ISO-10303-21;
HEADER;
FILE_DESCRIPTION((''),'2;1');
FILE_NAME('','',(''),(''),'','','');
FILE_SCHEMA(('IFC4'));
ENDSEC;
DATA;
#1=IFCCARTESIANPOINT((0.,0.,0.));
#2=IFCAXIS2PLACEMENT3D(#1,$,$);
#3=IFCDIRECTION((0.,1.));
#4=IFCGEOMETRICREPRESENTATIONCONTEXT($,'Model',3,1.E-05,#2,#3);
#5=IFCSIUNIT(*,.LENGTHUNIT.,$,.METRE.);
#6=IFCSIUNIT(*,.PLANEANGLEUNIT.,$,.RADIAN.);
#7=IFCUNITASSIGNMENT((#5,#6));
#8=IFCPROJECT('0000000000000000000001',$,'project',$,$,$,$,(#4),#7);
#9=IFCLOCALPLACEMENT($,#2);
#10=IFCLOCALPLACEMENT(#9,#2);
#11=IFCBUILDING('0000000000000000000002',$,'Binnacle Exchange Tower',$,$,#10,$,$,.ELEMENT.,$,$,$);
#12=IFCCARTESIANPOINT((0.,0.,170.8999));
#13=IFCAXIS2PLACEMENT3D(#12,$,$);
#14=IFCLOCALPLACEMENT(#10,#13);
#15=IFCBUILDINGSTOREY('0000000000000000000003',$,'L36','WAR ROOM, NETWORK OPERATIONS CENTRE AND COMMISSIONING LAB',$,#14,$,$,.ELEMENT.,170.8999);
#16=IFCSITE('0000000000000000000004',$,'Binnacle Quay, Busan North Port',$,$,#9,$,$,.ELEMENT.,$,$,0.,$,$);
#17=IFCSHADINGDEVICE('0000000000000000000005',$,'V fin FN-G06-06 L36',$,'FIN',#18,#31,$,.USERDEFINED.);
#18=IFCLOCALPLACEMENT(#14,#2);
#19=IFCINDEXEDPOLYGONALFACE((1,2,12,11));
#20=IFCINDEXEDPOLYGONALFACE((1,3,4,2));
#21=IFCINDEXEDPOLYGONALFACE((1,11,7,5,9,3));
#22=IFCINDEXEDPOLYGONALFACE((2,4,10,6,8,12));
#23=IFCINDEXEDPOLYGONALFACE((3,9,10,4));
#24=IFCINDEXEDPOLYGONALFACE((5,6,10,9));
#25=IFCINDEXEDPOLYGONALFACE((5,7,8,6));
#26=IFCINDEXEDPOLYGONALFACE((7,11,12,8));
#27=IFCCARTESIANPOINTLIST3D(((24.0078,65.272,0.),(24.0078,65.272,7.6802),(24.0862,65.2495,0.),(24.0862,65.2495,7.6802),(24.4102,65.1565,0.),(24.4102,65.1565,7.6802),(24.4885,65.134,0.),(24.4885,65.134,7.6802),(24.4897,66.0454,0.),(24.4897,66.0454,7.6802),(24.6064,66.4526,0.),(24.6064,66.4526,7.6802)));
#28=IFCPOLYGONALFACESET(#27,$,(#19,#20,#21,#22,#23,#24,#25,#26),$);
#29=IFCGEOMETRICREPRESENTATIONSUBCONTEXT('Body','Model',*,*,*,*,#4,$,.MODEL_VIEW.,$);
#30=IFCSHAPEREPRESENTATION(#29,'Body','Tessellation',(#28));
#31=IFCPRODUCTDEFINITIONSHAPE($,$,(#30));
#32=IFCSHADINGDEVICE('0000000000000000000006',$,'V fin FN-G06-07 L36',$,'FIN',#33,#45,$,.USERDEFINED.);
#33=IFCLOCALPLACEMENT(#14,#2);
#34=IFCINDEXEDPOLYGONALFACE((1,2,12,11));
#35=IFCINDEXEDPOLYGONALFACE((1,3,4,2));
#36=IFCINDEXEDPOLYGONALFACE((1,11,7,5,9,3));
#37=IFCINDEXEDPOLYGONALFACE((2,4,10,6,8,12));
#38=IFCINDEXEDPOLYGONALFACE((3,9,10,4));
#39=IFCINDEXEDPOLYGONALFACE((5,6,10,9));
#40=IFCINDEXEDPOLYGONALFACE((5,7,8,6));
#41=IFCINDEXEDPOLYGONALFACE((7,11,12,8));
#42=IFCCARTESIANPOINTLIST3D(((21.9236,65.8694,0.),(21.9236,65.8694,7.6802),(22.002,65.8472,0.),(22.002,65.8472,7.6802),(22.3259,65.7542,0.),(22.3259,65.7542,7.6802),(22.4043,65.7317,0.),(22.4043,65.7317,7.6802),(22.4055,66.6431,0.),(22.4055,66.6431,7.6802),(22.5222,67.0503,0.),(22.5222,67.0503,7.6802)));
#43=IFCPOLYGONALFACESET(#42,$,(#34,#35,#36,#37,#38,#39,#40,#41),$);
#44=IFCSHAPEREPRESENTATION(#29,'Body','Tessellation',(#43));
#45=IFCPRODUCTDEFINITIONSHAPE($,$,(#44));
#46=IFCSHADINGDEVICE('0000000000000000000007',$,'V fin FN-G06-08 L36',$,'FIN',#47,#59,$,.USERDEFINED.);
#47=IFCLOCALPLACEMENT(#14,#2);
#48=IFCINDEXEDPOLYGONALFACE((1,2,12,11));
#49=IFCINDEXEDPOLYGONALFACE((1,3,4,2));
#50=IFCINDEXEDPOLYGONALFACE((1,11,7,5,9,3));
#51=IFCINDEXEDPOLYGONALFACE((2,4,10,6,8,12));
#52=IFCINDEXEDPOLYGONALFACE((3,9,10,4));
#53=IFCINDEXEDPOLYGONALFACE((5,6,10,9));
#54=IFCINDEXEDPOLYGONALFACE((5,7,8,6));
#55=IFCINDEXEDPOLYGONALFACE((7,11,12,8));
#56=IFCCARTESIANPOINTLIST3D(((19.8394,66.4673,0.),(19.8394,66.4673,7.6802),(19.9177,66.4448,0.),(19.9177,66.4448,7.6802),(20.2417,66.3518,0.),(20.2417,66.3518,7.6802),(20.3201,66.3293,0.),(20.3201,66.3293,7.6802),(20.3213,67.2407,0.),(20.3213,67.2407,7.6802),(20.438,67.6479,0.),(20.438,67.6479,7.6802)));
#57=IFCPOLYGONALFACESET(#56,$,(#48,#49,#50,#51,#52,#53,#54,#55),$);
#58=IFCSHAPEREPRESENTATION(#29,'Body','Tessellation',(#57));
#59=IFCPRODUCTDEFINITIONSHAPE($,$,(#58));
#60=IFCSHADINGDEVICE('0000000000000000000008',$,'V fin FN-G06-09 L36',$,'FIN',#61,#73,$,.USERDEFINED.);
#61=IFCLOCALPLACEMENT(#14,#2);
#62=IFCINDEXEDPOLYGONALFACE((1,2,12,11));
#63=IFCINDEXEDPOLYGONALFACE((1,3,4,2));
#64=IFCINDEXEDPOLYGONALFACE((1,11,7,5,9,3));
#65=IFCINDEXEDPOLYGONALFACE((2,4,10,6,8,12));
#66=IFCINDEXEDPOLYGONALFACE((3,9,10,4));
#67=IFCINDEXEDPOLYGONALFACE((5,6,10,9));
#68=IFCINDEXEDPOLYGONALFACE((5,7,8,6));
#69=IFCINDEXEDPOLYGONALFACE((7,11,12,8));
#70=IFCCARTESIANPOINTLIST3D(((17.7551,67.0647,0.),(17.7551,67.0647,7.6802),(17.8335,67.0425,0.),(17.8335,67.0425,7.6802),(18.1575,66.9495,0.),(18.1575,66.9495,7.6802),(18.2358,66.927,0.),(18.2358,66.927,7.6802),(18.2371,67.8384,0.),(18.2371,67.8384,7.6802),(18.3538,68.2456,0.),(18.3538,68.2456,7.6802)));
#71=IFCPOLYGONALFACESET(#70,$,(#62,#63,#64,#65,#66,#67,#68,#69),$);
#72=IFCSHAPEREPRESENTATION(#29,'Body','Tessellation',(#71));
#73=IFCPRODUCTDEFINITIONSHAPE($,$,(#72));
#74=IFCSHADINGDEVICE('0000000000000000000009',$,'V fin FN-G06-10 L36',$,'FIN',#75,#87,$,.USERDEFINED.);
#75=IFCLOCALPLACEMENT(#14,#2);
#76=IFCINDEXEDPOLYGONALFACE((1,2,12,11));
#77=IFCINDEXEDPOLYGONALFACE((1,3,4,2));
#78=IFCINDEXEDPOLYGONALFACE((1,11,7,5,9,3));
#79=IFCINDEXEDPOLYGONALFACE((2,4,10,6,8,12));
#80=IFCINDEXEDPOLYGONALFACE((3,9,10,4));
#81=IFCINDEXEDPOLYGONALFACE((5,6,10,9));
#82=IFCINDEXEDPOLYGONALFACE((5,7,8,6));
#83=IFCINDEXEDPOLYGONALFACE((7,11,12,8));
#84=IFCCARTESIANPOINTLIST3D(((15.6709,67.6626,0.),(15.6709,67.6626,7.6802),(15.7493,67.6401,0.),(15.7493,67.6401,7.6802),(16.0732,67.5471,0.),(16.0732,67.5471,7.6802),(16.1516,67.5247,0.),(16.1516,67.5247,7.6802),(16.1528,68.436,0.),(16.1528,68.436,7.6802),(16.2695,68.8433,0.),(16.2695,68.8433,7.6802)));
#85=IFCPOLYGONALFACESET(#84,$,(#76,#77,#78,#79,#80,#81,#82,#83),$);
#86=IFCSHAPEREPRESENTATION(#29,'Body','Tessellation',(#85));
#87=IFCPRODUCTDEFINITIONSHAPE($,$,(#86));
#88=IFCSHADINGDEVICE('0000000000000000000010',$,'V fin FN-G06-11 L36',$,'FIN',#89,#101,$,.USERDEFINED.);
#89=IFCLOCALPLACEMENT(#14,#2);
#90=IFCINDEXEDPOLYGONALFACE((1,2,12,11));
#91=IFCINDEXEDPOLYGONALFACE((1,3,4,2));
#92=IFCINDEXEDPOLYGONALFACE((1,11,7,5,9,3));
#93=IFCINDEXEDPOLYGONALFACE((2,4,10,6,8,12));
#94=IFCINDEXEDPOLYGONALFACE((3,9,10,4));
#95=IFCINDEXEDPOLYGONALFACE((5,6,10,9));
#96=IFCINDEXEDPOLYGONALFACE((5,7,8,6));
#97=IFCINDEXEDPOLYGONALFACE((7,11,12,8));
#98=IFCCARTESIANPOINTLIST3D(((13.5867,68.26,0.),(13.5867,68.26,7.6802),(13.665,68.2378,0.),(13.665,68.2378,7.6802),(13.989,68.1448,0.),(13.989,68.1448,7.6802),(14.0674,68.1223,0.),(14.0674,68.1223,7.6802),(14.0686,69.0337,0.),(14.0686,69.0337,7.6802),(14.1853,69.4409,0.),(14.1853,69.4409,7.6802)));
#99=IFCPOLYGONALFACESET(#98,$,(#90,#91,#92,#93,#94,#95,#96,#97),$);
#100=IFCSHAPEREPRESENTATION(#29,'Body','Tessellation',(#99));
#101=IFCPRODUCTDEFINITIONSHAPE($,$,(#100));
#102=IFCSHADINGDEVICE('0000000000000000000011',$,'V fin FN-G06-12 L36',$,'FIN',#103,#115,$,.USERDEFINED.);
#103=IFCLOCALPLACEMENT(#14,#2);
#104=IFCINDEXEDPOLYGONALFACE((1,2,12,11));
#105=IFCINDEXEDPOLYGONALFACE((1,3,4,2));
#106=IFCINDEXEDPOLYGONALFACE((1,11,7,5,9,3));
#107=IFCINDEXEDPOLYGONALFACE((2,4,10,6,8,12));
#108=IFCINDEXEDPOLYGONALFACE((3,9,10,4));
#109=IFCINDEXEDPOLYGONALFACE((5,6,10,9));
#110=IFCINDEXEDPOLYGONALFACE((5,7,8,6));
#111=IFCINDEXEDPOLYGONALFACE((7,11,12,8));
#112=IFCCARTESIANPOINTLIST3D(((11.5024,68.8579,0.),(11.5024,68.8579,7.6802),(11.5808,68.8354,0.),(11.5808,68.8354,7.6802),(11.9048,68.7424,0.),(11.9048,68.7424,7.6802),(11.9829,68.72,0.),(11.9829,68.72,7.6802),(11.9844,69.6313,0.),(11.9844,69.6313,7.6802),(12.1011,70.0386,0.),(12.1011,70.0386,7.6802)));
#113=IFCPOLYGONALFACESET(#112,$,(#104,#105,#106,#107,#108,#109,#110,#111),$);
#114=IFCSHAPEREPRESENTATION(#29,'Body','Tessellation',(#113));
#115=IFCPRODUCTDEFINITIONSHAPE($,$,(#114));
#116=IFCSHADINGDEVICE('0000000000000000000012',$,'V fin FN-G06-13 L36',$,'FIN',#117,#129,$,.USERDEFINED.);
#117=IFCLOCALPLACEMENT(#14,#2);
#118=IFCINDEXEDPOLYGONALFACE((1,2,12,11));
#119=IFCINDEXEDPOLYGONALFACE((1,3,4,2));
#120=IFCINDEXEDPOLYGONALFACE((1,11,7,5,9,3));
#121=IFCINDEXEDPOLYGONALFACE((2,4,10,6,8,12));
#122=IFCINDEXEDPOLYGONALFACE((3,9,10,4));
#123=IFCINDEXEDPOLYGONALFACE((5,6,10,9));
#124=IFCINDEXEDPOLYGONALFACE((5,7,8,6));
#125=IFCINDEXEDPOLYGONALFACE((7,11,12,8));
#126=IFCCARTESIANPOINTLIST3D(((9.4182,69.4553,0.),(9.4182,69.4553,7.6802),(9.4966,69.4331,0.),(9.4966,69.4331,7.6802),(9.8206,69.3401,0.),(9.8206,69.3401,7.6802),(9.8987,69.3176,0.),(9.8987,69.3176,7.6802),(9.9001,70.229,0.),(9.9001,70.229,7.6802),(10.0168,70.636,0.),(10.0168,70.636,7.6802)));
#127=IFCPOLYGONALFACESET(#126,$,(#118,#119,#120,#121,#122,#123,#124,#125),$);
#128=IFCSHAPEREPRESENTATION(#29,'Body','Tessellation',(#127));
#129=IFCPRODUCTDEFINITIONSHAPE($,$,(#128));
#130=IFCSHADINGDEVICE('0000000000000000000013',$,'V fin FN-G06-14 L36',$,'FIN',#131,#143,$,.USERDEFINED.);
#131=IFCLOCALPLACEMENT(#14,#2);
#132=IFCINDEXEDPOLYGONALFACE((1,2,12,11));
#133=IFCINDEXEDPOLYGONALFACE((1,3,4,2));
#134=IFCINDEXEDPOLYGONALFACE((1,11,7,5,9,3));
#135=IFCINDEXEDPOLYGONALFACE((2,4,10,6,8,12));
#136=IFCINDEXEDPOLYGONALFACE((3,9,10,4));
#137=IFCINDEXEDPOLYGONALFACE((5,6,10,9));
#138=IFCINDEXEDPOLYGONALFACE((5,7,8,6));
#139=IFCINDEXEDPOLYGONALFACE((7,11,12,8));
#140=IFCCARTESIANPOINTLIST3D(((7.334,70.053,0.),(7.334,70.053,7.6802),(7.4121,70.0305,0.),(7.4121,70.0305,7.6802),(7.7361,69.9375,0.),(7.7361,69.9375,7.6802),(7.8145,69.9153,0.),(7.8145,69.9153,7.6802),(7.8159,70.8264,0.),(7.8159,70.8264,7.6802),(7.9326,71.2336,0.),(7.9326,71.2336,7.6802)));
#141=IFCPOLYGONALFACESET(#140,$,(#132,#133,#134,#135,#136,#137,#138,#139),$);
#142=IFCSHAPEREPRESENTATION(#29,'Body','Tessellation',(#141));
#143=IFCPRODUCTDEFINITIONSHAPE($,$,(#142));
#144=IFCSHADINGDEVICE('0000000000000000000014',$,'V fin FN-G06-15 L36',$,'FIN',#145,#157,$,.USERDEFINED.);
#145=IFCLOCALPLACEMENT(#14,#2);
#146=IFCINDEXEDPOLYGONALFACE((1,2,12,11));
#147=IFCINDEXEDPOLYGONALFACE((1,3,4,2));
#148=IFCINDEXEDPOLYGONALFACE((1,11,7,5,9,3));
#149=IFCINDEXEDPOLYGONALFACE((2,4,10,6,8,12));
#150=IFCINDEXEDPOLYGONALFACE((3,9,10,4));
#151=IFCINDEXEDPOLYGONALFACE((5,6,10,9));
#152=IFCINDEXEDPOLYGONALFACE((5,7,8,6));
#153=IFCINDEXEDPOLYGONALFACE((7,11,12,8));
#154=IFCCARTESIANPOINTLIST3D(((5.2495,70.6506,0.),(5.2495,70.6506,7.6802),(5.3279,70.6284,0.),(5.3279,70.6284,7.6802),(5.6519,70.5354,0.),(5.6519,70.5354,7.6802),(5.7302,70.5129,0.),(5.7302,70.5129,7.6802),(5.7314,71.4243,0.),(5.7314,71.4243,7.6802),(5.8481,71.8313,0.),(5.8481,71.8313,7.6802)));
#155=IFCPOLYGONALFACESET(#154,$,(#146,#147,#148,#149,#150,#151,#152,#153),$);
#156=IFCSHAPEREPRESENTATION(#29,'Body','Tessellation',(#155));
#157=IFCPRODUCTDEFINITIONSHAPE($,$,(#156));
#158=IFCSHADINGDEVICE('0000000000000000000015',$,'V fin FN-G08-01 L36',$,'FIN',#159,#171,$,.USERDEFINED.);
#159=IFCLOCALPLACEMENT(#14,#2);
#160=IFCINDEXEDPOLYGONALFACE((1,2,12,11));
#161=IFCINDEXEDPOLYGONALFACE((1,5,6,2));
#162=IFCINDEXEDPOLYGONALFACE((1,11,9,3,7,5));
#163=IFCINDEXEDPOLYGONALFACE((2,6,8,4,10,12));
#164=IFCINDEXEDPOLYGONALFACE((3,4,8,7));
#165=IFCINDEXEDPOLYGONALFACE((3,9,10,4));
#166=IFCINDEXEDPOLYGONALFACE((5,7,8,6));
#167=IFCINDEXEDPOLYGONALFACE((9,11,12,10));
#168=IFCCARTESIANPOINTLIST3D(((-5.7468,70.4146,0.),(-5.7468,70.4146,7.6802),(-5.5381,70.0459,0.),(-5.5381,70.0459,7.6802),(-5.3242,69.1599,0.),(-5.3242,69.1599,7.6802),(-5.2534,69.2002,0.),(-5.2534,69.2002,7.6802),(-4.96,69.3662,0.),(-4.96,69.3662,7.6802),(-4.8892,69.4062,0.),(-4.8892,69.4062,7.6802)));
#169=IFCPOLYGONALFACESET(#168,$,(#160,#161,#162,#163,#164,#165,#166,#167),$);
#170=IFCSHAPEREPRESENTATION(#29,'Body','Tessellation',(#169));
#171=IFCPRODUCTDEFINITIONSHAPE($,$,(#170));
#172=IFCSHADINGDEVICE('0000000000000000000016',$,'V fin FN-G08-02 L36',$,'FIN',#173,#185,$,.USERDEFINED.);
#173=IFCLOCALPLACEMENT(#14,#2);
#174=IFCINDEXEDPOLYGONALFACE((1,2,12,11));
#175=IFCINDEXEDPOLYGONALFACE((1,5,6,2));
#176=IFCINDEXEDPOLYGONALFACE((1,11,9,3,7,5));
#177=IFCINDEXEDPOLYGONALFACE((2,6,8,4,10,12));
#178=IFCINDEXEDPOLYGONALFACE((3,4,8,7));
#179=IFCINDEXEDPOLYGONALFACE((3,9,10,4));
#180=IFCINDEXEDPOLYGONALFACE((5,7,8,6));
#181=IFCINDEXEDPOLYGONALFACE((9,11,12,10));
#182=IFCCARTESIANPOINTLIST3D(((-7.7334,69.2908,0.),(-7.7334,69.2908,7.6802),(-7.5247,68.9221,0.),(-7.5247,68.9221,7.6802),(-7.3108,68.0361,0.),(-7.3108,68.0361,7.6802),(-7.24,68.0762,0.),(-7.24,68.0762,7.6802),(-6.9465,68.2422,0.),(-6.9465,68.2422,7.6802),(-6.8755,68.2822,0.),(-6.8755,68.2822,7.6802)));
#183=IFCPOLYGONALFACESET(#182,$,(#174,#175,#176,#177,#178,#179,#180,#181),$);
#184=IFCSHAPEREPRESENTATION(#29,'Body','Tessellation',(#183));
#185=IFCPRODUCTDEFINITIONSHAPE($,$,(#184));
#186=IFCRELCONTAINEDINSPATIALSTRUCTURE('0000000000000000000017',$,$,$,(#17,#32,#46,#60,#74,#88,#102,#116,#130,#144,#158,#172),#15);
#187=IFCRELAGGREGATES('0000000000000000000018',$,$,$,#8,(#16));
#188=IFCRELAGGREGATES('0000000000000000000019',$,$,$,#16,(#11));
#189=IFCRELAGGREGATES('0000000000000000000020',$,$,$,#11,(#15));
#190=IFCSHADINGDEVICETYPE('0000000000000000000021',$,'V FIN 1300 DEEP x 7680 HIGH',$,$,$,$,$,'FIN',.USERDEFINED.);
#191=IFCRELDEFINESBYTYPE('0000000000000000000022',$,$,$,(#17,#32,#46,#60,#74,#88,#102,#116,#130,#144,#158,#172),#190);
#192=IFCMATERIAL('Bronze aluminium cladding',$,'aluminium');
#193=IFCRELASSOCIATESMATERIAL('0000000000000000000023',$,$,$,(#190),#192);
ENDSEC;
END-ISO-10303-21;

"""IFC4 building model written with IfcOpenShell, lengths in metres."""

from ifc_helpers import new_model, si_unit, direction, frame, origin, place, context, subcontext, project, spatial, polyline, outline, extrude, material, type_object, element, save


model = new_model("IFC4")

# Units and contexts
model_context = context("Model", 3, precision=1e-05, world=origin(), true_north=direction((0.0, 1.0)))
body_context = subcontext(model_context, "Body", "Model", "MODEL_VIEW")
ifc_project = project(units=[si_unit("LENGTHUNIT", "METRE"), si_unit("PLANEANGLEUNIT", "RADIAN")], contexts=[model_context])

# Site, building, storey
site_placement = place(None, origin())
site = spatial("IfcSite", under=ifc_project, at=site_placement, Name="Binnacle Quay, Busan North Port", CompositionType="ELEMENT", RefElevation=0.0)
building_placement = place(site_placement, origin())
building = spatial("IfcBuilding", under=site, at=building_placement, Name="Binnacle Exchange Tower", CompositionType="ELEMENT")
storey_placement = place(building_placement, frame((0.0, 0.0, 170.8999)))
storey = spatial("IfcBuildingStorey", under=building, at=storey_placement, Name="L36", Description="WAR ROOM, NETWORK OPERATIONS CENTRE AND COMMISSIONING LAB", CompositionType="ELEMENT", Elevation=170.8999)

# Shading devices
ifc_material = material(Name="Bronze aluminium cladding", Category="aluminium")
shading_device_type = type_object("IfcShadingDeviceType", Name="V FIN 1300 DEEP x 7680 HIGH", ElementType="FIN", PredefinedType="USERDEFINED", material=ifc_material)
shading_device_1_placement = place(storey_placement, origin())
element("IfcShadingDevice", 1, at=shading_device_1_placement, inside=storey, type_object=shading_device_type, Name="V fin FN-G06-06 L36", ObjectType="FIN", PredefinedType="USERDEFINED", context=body_context, shape_type="SweptSolid", body=[
    extrude(outline(polyline([(24.4885, 65.134), (24.6064, 66.4526), (24.0078, 65.272), (24.0862, 65.2495), (24.4897, 66.0454), (24.4102, 65.1565), (24.4885, 65.134)])), origin(), (0.0, 0.0, 1.0), 7.6802),
])
shading_device_2_placement = place(storey_placement, origin())
element("IfcShadingDevice", 2, at=shading_device_2_placement, inside=storey, type_object=shading_device_type, Name="V fin FN-G06-07 L36", ObjectType="FIN", PredefinedType="USERDEFINED", context=body_context, shape_type="SweptSolid", body=[
    extrude(outline(polyline([(22.4043, 65.7317), (22.5222, 67.0503), (21.9236, 65.8694), (22.002, 65.8472), (22.4055, 66.6431), (22.3259, 65.7542), (22.4043, 65.7317)])), origin(), (0.0, 0.0, 1.0), 7.6802),
])
shading_device_3_placement = place(storey_placement, origin())
element("IfcShadingDevice", 3, at=shading_device_3_placement, inside=storey, type_object=shading_device_type, Name="V fin FN-G06-08 L36", ObjectType="FIN", PredefinedType="USERDEFINED", context=body_context, shape_type="SweptSolid", body=[
    extrude(outline(polyline([(20.3201, 66.3293), (20.438, 67.6479), (19.8394, 66.4673), (19.9177, 66.4448), (20.3213, 67.2407), (20.2417, 66.3518), (20.3201, 66.3293)])), origin(), (0.0, 0.0, 1.0), 7.6802),
])
shading_device_4_placement = place(storey_placement, origin())
element("IfcShadingDevice", 4, at=shading_device_4_placement, inside=storey, type_object=shading_device_type, Name="V fin FN-G06-09 L36", ObjectType="FIN", PredefinedType="USERDEFINED", context=body_context, shape_type="SweptSolid", body=[
    extrude(outline(polyline([(18.2358, 66.927), (18.3538, 68.2456), (17.7551, 67.0647), (17.8335, 67.0425), (18.2371, 67.8384), (18.1575, 66.9495), (18.2358, 66.927)])), origin(), (0.0, 0.0, 1.0), 7.6802),
])
shading_device_5_placement = place(storey_placement, origin())
element("IfcShadingDevice", 5, at=shading_device_5_placement, inside=storey, type_object=shading_device_type, Name="V fin FN-G06-10 L36", ObjectType="FIN", PredefinedType="USERDEFINED", context=body_context, shape_type="SweptSolid", body=[
    extrude(outline(polyline([(16.1516, 67.5247), (16.2695, 68.8433), (15.6709, 67.6626), (15.7493, 67.6401), (16.1528, 68.436), (16.0732, 67.5471), (16.1516, 67.5247)])), origin(), (0.0, 0.0, 1.0), 7.6802),
])
shading_device_6_placement = place(storey_placement, origin())
element("IfcShadingDevice", 6, at=shading_device_6_placement, inside=storey, type_object=shading_device_type, Name="V fin FN-G06-11 L36", ObjectType="FIN", PredefinedType="USERDEFINED", context=body_context, shape_type="SweptSolid", body=[
    extrude(outline(polyline([(14.0674, 68.1223), (14.1853, 69.4409), (13.5867, 68.26), (13.665, 68.2378), (14.0686, 69.0337), (13.989, 68.1448), (14.0674, 68.1223)])), origin(), (0.0, 0.0, 1.0), 7.6802),
])
shading_device_7_placement = place(storey_placement, origin())
element("IfcShadingDevice", 7, at=shading_device_7_placement, inside=storey, type_object=shading_device_type, Name="V fin FN-G06-12 L36", ObjectType="FIN", PredefinedType="USERDEFINED", context=body_context, shape_type="SweptSolid", body=[
    extrude(outline(polyline([(11.9829, 68.72), (12.1011, 70.0386), (11.5024, 68.8579), (11.5808, 68.8354), (11.9844, 69.6313), (11.9048, 68.7424), (11.9829, 68.72)])), origin(), (0.0, 0.0, 1.0), 7.6802),
])
shading_device_8_placement = place(storey_placement, origin())
element("IfcShadingDevice", 8, at=shading_device_8_placement, inside=storey, type_object=shading_device_type, Name="V fin FN-G06-13 L36", ObjectType="FIN", PredefinedType="USERDEFINED", context=body_context, shape_type="SweptSolid", body=[
    extrude(outline(polyline([(9.8987, 69.3176), (10.0168, 70.636), (9.4182, 69.4553), (9.4966, 69.4331), (9.9001, 70.229), (9.8206, 69.3401), (9.8987, 69.3176)])), origin(), (0.0, 0.0, 1.0), 7.6802),
])
shading_device_9_placement = place(storey_placement, origin())
element("IfcShadingDevice", 9, at=shading_device_9_placement, inside=storey, type_object=shading_device_type, Name="V fin FN-G06-14 L36", ObjectType="FIN", PredefinedType="USERDEFINED", context=body_context, shape_type="SweptSolid", body=[
    extrude(outline(polyline([(7.8145, 69.9153), (7.9326, 71.2336), (7.334, 70.053), (7.4121, 70.0305), (7.8159, 70.8264), (7.7361, 69.9375), (7.8145, 69.9153)])), origin(), (0.0, 0.0, 1.0), 7.6802),
])
shading_device_10_placement = place(storey_placement, origin())
element("IfcShadingDevice", 10, at=shading_device_10_placement, inside=storey, type_object=shading_device_type, Name="V fin FN-G06-15 L36", ObjectType="FIN", PredefinedType="USERDEFINED", context=body_context, shape_type="SweptSolid", body=[
    extrude(outline(polyline([(5.7302, 70.5129), (5.8481, 71.8313), (5.2495, 70.6506), (5.3279, 70.6284), (5.7314, 71.4243), (5.6519, 70.5354), (5.7302, 70.5129)])), origin(), (0.0, 0.0, 1.0), 7.6802),
])
shading_device_11_placement = place(storey_placement, origin())
element("IfcShadingDevice", 11, at=shading_device_11_placement, inside=storey, type_object=shading_device_type, Name="V fin FN-G08-01 L36", ObjectType="FIN", PredefinedType="USERDEFINED", context=body_context, shape_type="SweptSolid", body=[
    extrude(outline(polyline([(-4.8892, 69.4062), (-5.7468, 70.4146), (-5.3242, 69.1599), (-5.2534, 69.2002), (-5.5381, 70.0459), (-4.96, 69.3662), (-4.8892, 69.4062)])), origin(), (0.0, 0.0, 1.0), 7.6802),
])
shading_device_12_placement = place(storey_placement, origin())
element("IfcShadingDevice", 12, at=shading_device_12_placement, inside=storey, type_object=shading_device_type, Name="V fin FN-G08-02 L36", ObjectType="FIN", PredefinedType="USERDEFINED", context=body_context, shape_type="SweptSolid", body=[
    extrude(outline(polyline([(-6.8755, 68.2822), (-7.7334, 69.2908), (-7.3108, 68.0361), (-7.24, 68.0762), (-7.5247, 68.9221), (-6.9465, 68.2422), (-6.8755, 68.2822)])), origin(), (0.0, 0.0, 1.0), 7.6802),
])

save(model, "model.ifc")
